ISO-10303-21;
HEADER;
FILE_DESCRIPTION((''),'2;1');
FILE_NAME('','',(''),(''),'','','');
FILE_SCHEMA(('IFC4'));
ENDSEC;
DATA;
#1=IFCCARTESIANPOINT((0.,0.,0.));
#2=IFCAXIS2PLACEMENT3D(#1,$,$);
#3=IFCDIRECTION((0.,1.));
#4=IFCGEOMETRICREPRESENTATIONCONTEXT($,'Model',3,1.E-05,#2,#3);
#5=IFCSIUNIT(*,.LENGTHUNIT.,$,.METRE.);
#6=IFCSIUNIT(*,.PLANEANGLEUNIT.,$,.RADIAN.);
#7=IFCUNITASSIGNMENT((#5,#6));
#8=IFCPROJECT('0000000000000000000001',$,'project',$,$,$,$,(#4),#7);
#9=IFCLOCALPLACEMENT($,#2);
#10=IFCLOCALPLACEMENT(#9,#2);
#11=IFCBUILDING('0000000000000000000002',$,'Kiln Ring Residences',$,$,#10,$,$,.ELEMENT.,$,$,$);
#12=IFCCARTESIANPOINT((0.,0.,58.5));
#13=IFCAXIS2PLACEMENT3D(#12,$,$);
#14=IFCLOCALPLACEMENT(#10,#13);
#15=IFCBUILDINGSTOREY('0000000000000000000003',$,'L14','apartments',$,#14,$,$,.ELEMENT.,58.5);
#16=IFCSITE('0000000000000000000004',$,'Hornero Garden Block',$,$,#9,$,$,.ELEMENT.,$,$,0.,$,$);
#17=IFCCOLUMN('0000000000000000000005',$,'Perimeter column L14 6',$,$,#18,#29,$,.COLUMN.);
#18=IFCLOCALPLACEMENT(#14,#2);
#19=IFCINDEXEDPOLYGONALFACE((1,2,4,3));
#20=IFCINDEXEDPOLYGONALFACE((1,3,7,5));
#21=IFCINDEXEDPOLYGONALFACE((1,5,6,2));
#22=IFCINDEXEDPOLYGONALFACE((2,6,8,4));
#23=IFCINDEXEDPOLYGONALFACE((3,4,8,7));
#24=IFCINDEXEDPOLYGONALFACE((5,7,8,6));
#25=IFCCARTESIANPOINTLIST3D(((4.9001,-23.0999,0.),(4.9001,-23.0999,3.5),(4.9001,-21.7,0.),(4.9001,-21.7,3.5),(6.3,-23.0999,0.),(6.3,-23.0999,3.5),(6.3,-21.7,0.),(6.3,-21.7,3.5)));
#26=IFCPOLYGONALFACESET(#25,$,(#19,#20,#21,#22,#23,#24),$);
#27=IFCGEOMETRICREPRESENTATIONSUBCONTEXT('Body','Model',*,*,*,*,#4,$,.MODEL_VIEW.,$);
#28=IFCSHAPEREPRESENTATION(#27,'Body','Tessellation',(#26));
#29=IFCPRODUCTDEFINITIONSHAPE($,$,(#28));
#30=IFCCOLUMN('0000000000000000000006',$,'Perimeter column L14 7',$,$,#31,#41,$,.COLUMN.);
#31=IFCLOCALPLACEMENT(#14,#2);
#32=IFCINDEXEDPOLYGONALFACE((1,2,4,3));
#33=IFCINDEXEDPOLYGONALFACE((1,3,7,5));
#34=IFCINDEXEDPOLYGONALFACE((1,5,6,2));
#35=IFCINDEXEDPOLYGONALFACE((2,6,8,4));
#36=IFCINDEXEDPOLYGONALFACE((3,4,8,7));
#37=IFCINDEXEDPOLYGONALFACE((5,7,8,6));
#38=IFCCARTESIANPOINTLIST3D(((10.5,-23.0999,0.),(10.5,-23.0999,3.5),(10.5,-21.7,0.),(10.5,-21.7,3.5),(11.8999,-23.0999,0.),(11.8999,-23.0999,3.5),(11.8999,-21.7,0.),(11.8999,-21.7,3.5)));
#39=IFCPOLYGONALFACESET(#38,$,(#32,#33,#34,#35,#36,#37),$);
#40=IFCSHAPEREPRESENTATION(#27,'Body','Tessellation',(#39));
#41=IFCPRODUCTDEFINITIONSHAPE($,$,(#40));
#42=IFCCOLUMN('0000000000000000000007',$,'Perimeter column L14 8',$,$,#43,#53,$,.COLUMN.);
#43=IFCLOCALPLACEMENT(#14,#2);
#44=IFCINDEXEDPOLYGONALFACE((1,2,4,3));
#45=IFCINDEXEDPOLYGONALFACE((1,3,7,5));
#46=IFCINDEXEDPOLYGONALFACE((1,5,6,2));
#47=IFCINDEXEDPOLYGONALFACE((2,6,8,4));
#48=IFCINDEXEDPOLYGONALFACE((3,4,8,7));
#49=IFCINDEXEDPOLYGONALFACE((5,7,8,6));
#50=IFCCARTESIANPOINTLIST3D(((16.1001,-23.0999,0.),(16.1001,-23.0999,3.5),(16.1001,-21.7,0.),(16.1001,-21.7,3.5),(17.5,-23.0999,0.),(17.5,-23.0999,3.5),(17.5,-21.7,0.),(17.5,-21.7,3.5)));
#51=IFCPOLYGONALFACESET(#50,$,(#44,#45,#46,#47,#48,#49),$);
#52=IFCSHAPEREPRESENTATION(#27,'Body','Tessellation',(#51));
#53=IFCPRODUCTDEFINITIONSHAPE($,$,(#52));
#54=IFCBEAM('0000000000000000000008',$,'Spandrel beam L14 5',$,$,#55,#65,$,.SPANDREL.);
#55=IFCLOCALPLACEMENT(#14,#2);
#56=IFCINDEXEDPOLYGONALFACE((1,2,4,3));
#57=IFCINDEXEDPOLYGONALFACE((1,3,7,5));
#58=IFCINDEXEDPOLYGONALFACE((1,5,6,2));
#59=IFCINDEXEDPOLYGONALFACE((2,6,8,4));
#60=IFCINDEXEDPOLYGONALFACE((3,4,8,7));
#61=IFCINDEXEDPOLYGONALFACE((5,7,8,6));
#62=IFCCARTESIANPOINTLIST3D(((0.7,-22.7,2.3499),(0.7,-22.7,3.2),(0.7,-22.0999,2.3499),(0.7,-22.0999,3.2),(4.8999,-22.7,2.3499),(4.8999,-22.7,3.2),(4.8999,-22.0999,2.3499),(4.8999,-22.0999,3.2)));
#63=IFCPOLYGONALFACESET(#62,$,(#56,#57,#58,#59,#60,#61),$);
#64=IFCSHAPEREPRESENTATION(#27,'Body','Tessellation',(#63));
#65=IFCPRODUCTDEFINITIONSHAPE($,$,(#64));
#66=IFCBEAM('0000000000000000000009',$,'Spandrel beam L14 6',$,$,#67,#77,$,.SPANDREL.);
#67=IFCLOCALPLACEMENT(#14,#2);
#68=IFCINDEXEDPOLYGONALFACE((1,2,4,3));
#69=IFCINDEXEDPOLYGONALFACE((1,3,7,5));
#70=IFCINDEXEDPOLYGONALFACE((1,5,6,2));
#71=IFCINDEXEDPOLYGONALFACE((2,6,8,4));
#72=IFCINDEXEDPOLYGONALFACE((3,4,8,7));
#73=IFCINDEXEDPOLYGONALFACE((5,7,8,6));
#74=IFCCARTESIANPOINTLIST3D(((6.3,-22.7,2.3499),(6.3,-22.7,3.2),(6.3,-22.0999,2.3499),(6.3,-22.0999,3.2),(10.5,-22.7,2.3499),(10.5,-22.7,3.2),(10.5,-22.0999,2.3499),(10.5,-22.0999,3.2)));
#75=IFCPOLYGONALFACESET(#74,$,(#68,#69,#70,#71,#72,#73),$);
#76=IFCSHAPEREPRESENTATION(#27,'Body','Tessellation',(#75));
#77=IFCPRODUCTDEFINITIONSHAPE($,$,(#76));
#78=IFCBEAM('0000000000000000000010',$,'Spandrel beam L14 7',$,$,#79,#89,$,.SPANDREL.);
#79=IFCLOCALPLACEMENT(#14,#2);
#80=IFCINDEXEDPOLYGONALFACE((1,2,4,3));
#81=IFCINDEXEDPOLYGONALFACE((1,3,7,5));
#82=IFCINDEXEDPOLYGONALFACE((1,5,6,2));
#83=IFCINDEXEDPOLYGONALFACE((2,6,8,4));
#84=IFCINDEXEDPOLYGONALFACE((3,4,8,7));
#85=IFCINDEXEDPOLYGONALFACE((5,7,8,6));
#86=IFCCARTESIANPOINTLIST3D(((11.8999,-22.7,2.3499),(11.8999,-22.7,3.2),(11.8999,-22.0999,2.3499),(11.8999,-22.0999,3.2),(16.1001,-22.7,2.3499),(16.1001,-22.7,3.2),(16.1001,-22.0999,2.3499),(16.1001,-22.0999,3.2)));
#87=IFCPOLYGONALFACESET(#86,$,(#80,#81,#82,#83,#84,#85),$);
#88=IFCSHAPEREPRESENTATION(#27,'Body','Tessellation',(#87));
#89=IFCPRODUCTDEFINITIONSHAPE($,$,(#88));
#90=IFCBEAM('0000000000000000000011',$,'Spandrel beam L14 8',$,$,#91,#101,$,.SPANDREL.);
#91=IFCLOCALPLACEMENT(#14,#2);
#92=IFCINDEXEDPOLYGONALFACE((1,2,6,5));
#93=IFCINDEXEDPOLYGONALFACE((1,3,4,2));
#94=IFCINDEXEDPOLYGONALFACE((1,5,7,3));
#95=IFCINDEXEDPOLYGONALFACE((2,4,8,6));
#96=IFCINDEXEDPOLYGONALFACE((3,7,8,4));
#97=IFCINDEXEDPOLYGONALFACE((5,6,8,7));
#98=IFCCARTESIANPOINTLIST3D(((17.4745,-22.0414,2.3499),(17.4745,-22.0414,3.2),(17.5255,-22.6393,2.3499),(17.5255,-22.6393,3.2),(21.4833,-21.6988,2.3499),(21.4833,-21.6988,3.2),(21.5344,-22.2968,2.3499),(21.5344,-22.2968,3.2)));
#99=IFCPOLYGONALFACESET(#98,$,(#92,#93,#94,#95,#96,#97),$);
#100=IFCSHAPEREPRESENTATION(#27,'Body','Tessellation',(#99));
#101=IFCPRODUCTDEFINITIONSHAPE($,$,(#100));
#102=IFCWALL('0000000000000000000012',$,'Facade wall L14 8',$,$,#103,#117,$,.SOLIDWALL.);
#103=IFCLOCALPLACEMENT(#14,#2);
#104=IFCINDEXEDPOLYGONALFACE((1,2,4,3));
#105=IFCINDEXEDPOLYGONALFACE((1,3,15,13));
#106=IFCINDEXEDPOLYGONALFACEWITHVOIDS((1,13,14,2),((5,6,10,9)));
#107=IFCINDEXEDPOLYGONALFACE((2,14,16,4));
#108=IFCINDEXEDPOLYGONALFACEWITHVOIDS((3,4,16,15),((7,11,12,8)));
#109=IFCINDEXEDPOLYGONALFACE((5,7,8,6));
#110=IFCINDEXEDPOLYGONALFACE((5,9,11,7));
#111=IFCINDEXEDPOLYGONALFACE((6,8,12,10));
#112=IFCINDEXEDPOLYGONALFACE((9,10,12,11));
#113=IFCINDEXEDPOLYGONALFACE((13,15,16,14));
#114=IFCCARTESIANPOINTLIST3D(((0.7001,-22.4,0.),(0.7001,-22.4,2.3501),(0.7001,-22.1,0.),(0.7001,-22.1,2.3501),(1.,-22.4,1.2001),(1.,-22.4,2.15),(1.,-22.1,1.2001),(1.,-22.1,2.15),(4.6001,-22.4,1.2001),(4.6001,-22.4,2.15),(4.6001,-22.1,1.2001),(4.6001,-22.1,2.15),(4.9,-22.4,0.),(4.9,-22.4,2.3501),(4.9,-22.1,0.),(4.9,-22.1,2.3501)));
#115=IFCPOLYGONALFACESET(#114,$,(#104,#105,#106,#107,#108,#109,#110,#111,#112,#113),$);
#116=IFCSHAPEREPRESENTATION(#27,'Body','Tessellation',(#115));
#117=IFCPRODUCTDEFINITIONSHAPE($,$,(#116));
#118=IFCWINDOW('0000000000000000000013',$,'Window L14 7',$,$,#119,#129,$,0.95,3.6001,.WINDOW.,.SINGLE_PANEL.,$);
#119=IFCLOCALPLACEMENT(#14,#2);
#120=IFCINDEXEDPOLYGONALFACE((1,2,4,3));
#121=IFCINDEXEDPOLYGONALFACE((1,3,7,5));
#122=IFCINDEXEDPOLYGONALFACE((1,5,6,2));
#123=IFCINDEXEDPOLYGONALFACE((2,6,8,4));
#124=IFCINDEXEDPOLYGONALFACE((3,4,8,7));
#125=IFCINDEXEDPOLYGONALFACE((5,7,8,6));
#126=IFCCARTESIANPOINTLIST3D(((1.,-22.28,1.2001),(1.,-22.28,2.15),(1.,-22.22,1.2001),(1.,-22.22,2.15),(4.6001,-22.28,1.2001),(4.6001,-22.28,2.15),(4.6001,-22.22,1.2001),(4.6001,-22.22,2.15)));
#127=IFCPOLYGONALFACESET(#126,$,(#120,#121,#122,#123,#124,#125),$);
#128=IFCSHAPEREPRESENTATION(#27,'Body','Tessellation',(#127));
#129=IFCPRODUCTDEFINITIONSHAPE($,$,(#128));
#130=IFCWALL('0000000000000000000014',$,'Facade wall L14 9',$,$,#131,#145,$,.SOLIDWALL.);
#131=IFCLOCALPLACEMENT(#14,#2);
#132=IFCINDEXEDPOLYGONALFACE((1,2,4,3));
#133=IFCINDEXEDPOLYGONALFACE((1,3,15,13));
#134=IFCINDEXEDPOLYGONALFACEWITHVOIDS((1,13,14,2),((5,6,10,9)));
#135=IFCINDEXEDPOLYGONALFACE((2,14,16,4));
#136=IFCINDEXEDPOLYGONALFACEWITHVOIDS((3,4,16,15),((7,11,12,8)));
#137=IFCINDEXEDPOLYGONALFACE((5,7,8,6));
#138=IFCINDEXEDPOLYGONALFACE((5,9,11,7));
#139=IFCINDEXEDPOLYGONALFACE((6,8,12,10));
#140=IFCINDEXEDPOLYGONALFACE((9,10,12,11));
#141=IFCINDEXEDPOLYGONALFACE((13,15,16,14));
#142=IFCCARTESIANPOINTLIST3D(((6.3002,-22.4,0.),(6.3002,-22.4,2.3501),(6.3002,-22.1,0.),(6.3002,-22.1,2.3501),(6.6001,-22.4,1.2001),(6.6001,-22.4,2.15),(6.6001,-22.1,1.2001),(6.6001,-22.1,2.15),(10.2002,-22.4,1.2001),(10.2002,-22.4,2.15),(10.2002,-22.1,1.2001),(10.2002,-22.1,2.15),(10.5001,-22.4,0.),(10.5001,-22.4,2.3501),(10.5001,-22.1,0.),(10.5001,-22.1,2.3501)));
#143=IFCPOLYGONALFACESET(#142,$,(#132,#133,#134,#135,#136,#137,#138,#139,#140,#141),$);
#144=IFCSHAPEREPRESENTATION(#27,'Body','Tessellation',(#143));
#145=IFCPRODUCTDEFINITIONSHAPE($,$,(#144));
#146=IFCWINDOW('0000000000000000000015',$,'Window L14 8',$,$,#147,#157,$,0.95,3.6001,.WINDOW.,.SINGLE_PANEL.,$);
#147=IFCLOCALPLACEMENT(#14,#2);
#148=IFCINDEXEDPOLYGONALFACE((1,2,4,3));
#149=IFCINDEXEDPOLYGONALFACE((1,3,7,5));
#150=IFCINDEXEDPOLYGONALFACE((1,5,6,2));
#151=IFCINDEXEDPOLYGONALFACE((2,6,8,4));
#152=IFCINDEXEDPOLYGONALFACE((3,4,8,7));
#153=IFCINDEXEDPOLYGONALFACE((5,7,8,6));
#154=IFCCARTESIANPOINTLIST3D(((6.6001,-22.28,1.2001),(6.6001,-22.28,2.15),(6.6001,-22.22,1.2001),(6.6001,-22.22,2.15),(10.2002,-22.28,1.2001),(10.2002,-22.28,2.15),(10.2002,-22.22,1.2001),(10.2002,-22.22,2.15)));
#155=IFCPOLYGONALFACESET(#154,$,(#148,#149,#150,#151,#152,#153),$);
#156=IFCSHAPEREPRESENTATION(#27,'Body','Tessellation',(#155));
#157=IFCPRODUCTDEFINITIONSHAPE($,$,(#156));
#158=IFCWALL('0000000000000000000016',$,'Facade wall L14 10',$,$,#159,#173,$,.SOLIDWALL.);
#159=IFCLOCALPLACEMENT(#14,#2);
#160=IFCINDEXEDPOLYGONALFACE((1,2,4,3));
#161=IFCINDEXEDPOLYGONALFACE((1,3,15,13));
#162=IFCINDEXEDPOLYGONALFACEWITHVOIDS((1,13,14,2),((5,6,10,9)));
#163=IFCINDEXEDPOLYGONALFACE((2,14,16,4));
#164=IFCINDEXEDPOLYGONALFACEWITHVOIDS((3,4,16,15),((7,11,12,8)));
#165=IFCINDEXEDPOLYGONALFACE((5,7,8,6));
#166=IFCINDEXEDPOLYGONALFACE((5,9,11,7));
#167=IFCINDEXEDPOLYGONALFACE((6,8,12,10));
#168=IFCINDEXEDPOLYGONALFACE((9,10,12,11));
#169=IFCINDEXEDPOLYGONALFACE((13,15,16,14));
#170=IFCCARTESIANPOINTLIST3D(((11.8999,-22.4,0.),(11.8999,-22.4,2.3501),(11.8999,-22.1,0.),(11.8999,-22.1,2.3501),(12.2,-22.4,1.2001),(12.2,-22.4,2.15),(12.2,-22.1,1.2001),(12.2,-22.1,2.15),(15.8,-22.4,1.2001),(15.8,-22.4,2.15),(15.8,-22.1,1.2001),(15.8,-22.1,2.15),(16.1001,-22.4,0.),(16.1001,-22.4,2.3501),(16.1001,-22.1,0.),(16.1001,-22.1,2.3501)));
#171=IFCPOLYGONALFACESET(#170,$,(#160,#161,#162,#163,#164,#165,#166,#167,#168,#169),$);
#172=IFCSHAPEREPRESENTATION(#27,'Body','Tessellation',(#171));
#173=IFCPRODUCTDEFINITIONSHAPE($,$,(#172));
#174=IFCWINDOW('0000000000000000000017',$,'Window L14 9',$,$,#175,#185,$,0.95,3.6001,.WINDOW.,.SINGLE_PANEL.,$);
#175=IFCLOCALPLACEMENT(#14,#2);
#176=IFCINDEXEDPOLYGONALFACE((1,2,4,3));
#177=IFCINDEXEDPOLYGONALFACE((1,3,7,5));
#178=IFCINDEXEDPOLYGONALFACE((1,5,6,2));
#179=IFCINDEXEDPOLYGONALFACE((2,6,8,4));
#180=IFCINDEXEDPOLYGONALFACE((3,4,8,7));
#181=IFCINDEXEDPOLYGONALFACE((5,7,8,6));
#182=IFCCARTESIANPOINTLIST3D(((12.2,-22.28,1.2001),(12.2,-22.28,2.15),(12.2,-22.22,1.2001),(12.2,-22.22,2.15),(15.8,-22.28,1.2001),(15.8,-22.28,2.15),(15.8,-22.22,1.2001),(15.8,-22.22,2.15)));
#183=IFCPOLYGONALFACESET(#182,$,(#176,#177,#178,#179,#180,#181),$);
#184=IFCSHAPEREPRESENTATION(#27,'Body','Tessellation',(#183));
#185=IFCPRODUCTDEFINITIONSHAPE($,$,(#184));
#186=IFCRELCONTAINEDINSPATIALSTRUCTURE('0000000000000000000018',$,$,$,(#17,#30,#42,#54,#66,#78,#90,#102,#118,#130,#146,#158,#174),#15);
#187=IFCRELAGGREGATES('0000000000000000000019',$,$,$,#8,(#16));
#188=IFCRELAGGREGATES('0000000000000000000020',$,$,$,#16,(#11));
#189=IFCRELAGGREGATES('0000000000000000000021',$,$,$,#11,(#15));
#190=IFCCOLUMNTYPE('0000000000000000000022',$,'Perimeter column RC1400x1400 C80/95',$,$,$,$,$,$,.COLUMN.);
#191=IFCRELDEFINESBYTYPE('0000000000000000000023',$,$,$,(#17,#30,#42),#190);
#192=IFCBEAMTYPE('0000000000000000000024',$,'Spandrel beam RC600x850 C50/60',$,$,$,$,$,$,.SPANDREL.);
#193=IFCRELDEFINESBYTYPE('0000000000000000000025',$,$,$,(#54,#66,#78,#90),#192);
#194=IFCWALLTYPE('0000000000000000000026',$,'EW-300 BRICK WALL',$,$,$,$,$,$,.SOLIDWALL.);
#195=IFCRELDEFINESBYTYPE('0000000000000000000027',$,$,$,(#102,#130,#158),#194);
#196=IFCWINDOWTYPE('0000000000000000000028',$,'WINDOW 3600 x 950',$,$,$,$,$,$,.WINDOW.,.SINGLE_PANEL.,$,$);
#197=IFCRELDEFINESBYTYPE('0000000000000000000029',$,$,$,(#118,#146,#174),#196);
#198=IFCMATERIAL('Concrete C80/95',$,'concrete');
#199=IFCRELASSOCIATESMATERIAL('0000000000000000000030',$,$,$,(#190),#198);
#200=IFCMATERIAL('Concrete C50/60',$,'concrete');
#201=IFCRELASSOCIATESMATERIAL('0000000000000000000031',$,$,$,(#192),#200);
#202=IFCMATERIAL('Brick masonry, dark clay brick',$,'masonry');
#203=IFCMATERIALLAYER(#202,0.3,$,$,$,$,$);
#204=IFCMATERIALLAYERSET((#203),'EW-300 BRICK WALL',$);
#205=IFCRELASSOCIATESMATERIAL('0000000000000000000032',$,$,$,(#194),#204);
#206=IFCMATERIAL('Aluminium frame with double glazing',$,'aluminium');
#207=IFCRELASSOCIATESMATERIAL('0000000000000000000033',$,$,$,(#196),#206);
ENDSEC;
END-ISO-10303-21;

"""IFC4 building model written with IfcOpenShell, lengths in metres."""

from ifc_helpers import new_model, si_unit, direction, frame, frame_2d, origin, origin_2d, place, context, subcontext, project, spatial, rectangle, extrude, material, layer, layer_set, material_profile, profile_set, type_object, element, fill, save


model = new_model("IFC4")

# Units and contexts
model_context = context("Model", 3, precision=1e-05, world=origin(), true_north=direction((0.0, 1.0)))
body_context = subcontext(model_context, "Body", "Model", "MODEL_VIEW")
ifc_project = project(units=[si_unit("LENGTHUNIT", "METRE"), si_unit("PLANEANGLEUNIT", "RADIAN")], contexts=[model_context])

# Site, building, storey
site_placement = place(None, origin())
site = spatial("IfcSite", under=ifc_project, at=site_placement, Name="Hornero Garden Block", CompositionType="ELEMENT", RefElevation=0.0)
building_placement = place(site_placement, origin())
building = spatial("IfcBuilding", under=site, at=building_placement, Name="Kiln Ring Residences", CompositionType="ELEMENT")
storey_placement = place(building_placement, frame((0.0, 0.0, 58.5)))
storey = spatial("IfcBuildingStorey", under=building, at=storey_placement, Name="L14", Description="apartments", CompositionType="ELEMENT", Elevation=58.5)

# Columns
ifc_material_1 = material(Name="Concrete C80/95", Category="concrete")
ifc_material_profile_1 = material_profile(ifc_material_1, rectangle(XDim=1.3999, YDim=1.3999, at=origin_2d()), Name="RC1400x1400")
ifc_profile_set_1 = profile_set([ifc_material_profile_1], Name="Concrete C80/95")
column_type = type_object("IfcColumnType", Name="Perimeter column RC1400x1400 C80/95", PredefinedType="COLUMN", material=ifc_profile_set_1)
for number, where, z_axis, x_axis, name in (
    (1, (5.6001, -22.3999, 0.0), (0.0, 0.0, 1.0), (1.0, 0.0, 0.0), "Perimeter column L14 6"),
    (2, (11.2, -22.3999, 0.0), (0.0, 0.0, 1.0), (1.0, 0.0, 0.0), "Perimeter column L14 7"),
    (3, (16.8, -22.3999, 0.0), (0.0, 0.0, 1.0), (1.0, 0.0, 0.0), "Perimeter column L14 8"),
):
    element("IfcColumn", number, at=place(storey_placement, frame(where, z_axis=z_axis, x_axis=x_axis)), inside=storey, type_object=column_type, Name=name, PredefinedType="COLUMN", context=body_context, shape_type="SweptSolid", body=[
        extrude(rectangle(XDim=1.3999, YDim=1.3999, at=origin_2d()), origin(), (0.0, 0.0, 1.0), 3.5),
    ])

# Beams
ifc_material_2 = material(Name="Concrete C50/60", Category="concrete")
ifc_material_profile_2 = material_profile(ifc_material_2, rectangle(XDim=0.6001, YDim=0.8501, at=origin_2d()), Name="RC600x850")
ifc_profile_set_2 = profile_set([ifc_material_profile_2], Name="Concrete C50/60")
beam_type = type_object("IfcBeamType", Name="Spandrel beam RC600x850 C50/60", PredefinedType="SPANDREL", material=ifc_profile_set_2)
for number, where, z_axis, x_axis, name in (
    (4, (0.7, -22.3999, 2.7749), (1.0, 0.0, 0.0), (0.0, 1.0, 0.0), "Spandrel beam L14 5"),
    (5, (6.3, -22.3999, 2.7749), (1.0, 0.0, 0.0), (0.0, 1.0, 0.0), "Spandrel beam L14 6"),
):
    element("IfcBeam", number, at=place(storey_placement, frame(where, z_axis=z_axis, x_axis=x_axis)), inside=storey, type_object=beam_type, Name=name, PredefinedType="SPANDREL", context=body_context, shape_type="SweptSolid", body=[
        extrude(rectangle(XDim=0.6001, YDim=0.8501, at=origin_2d()), origin(), (0.0, 0.0, 1.0), 4.2),
    ])
beam_1_placement = place(storey_placement, frame((11.8999, -22.3999, 2.7749), z_axis=(1.0, 0.0, 0.0), x_axis=(0.0, 1.0, 0.0)))
element("IfcBeam", 6, at=beam_1_placement, inside=storey, type_object=beam_type, Name="Spandrel beam L14 7", PredefinedType="SPANDREL", context=body_context, shape_type="SweptSolid", body=[
    extrude(rectangle(XDim=0.6001, YDim=0.8501, at=origin_2d()), origin(), (0.0, 0.0, 1.0), 4.2002),
])
beam_2_placement = place(storey_placement, frame((17.5, -22.3403, 2.7749), z_axis=(0.996369, 0.085134, 0.0), x_axis=(-0.085134, 0.996369, 0.0)))
element("IfcBeam", 7, at=beam_2_placement, inside=storey, type_object=beam_type, Name="Spandrel beam L14 8", PredefinedType="SPANDREL", context=body_context, shape_type="SweptSolid", body=[
    extrude(rectangle(XDim=0.6001, YDim=0.8501, at=origin_2d()), origin(), (0.0, 0.0, 1.0), 4.0234),
])

# Walls, openings, windows
ifc_material_3 = material(Name="Brick masonry, dark clay brick", Category="masonry")
ifc_layer_1 = layer(ifc_material_3, 0.3)
ifc_layer_set_1 = layer_set([ifc_layer_1], Name="EW-300 BRICK WALL")
wall_type_1 = type_object("IfcWallType", Name="EW-300 BRICK WALL", PredefinedType="SOLIDWALL", material=ifc_layer_set_1)
wall_1_placement = place(storey_placement, frame((0.7, -22.25, 0.0), z_axis=(0.0, 0.0, 1.0), x_axis=(1.0, 0.0, 0.0)))
wall_1 = element("IfcWall", 8, at=wall_1_placement, inside=storey, type_object=wall_type_1, Name="Facade wall L14 8", PredefinedType="SOLIDWALL", context=body_context, shape_type="SweptSolid", body=[
    extrude(rectangle(XDim=4.2, YDim=0.3, at=frame_2d((2.1001, 0.0))), origin(), (0.0, 0.0, 1.0), 2.3501),
])
opening_1_placement = place(wall_1_placement, frame((0.3, 0.0, 1.2)))
opening_1 = element("IfcOpeningElement", 9, at=opening_1_placement, cuts=wall_1, PredefinedType="OPENING", context=body_context, shape_type="SweptSolid", body=[
    extrude(rectangle(XDim=3.6001, YDim=0.95, at=frame_2d((1.8, 0.4751))), frame((0.0, 0.1599, 0.0), z_axis=(0.0, -1.0, 0.0), x_axis=(1.0, 0.0, 0.0)), (0.0, 0.0, 1.0), 0.3201),
])
ifc_material_4 = material(Name="Aluminium frame with double glazing", Category="aluminium")
window_type_1 = type_object("IfcWindowType", Name="WINDOW 3600 x 950", PartitioningType="SINGLE_PANEL", PredefinedType="WINDOW", material=ifc_material_4)
window_1_placement = place(opening_1_placement, origin())
window_1 = element("IfcWindow", 10, at=window_1_placement, inside=storey, type_object=window_type_1, Name="Window L14 7", OverallHeight=0.95, OverallWidth=3.6001, PartitioningType="SINGLE_PANEL", PredefinedType="WINDOW", context=body_context, shape_type="SweptSolid", body=[
    extrude(rectangle(XDim=3.6001, YDim=0.95, at=frame_2d((1.8, 0.4751))), frame((0.0, 0.03, 0.0), z_axis=(0.0, -1.0, 0.0), x_axis=(1.0, 0.0, 0.0)), (0.0, 0.0, 1.0), 0.0601),
])
fill(opening_1, window_1)
wall_2_placement = place(storey_placement, frame((6.3, -22.25, 0.0), z_axis=(0.0, 0.0, 1.0), x_axis=(1.0, 0.0, 0.0)))
wall_2 = element("IfcWall", 11, at=wall_2_placement, inside=storey, type_object=wall_type_1, Name="Facade wall L14 9", PredefinedType="SOLIDWALL", context=body_context, shape_type="SweptSolid", body=[
    extrude(rectangle(XDim=4.2, YDim=0.3, at=frame_2d((2.1001, 0.0))), origin(), (0.0, 0.0, 1.0), 2.3501),
])
opening_2_placement = place(wall_2_placement, frame((0.3, 0.0, 1.2)))
opening_2 = element("IfcOpeningElement", 12, at=opening_2_placement, cuts=wall_2, PredefinedType="OPENING", context=body_context, shape_type="SweptSolid", body=[
    extrude(rectangle(XDim=3.6001, YDim=0.95, at=frame_2d((1.8, 0.4751))), frame((0.0, 0.1599, 0.0), z_axis=(0.0, -1.0, 0.0), x_axis=(1.0, 0.0, 0.0)), (0.0, 0.0, 1.0), 0.3201),
])
window_2_placement = place(opening_2_placement, origin())
window_2 = element("IfcWindow", 13, at=window_2_placement, inside=storey, type_object=window_type_1, Name="Window L14 8", OverallHeight=0.95, OverallWidth=3.6001, PartitioningType="SINGLE_PANEL", PredefinedType="WINDOW", context=body_context, shape_type="SweptSolid", body=[
    extrude(rectangle(XDim=3.6001, YDim=0.95, at=frame_2d((1.8, 0.4751))), frame((0.0, 0.03, 0.0), z_axis=(0.0, -1.0, 0.0), x_axis=(1.0, 0.0, 0.0)), (0.0, 0.0, 1.0), 0.0601),
])
fill(opening_2, window_2)
wall_3_placement = place(storey_placement, frame((11.8999, -22.25, 0.0), z_axis=(0.0, 0.0, 1.0), x_axis=(1.0, 0.0, 0.0)))
wall_3 = element("IfcWall", 14, at=wall_3_placement, inside=storey, type_object=wall_type_1, Name="Facade wall L14 10", PredefinedType="SOLIDWALL", context=body_context, shape_type="SweptSolid", body=[
    extrude(rectangle(XDim=4.2002, YDim=0.3, at=frame_2d((2.1001, 0.0))), origin(), (0.0, 0.0, 1.0), 2.3501),
])
opening_3_placement = place(wall_3_placement, frame((0.3, 0.0, 1.2)))
opening_3 = element("IfcOpeningElement", 15, at=opening_3_placement, cuts=wall_3, PredefinedType="OPENING", context=body_context, shape_type="SweptSolid", body=[
    extrude(rectangle(XDim=3.6001, YDim=0.95, at=frame_2d((1.8, 0.4751))), frame((0.0, 0.1599, 0.0), z_axis=(0.0, -1.0, 0.0), x_axis=(1.0, 0.0, 0.0)), (0.0, 0.0, 1.0), 0.3201),
])
window_3_placement = place(opening_3_placement, origin())
window_3 = element("IfcWindow", 16, at=window_3_placement, inside=storey, type_object=window_type_1, Name="Window L14 9", OverallHeight=0.95, OverallWidth=3.6001, PartitioningType="SINGLE_PANEL", PredefinedType="WINDOW", context=body_context, shape_type="SweptSolid", body=[
    extrude(rectangle(XDim=3.6001, YDim=0.95, at=frame_2d((1.8, 0.4751))), frame((0.0, 0.03, 0.0), z_axis=(0.0, -1.0, 0.0), x_axis=(1.0, 0.0, 0.0)), (0.0, 0.0, 1.0), 0.0601),
])
fill(opening_3, window_3)

save(model, "model.ifc")
